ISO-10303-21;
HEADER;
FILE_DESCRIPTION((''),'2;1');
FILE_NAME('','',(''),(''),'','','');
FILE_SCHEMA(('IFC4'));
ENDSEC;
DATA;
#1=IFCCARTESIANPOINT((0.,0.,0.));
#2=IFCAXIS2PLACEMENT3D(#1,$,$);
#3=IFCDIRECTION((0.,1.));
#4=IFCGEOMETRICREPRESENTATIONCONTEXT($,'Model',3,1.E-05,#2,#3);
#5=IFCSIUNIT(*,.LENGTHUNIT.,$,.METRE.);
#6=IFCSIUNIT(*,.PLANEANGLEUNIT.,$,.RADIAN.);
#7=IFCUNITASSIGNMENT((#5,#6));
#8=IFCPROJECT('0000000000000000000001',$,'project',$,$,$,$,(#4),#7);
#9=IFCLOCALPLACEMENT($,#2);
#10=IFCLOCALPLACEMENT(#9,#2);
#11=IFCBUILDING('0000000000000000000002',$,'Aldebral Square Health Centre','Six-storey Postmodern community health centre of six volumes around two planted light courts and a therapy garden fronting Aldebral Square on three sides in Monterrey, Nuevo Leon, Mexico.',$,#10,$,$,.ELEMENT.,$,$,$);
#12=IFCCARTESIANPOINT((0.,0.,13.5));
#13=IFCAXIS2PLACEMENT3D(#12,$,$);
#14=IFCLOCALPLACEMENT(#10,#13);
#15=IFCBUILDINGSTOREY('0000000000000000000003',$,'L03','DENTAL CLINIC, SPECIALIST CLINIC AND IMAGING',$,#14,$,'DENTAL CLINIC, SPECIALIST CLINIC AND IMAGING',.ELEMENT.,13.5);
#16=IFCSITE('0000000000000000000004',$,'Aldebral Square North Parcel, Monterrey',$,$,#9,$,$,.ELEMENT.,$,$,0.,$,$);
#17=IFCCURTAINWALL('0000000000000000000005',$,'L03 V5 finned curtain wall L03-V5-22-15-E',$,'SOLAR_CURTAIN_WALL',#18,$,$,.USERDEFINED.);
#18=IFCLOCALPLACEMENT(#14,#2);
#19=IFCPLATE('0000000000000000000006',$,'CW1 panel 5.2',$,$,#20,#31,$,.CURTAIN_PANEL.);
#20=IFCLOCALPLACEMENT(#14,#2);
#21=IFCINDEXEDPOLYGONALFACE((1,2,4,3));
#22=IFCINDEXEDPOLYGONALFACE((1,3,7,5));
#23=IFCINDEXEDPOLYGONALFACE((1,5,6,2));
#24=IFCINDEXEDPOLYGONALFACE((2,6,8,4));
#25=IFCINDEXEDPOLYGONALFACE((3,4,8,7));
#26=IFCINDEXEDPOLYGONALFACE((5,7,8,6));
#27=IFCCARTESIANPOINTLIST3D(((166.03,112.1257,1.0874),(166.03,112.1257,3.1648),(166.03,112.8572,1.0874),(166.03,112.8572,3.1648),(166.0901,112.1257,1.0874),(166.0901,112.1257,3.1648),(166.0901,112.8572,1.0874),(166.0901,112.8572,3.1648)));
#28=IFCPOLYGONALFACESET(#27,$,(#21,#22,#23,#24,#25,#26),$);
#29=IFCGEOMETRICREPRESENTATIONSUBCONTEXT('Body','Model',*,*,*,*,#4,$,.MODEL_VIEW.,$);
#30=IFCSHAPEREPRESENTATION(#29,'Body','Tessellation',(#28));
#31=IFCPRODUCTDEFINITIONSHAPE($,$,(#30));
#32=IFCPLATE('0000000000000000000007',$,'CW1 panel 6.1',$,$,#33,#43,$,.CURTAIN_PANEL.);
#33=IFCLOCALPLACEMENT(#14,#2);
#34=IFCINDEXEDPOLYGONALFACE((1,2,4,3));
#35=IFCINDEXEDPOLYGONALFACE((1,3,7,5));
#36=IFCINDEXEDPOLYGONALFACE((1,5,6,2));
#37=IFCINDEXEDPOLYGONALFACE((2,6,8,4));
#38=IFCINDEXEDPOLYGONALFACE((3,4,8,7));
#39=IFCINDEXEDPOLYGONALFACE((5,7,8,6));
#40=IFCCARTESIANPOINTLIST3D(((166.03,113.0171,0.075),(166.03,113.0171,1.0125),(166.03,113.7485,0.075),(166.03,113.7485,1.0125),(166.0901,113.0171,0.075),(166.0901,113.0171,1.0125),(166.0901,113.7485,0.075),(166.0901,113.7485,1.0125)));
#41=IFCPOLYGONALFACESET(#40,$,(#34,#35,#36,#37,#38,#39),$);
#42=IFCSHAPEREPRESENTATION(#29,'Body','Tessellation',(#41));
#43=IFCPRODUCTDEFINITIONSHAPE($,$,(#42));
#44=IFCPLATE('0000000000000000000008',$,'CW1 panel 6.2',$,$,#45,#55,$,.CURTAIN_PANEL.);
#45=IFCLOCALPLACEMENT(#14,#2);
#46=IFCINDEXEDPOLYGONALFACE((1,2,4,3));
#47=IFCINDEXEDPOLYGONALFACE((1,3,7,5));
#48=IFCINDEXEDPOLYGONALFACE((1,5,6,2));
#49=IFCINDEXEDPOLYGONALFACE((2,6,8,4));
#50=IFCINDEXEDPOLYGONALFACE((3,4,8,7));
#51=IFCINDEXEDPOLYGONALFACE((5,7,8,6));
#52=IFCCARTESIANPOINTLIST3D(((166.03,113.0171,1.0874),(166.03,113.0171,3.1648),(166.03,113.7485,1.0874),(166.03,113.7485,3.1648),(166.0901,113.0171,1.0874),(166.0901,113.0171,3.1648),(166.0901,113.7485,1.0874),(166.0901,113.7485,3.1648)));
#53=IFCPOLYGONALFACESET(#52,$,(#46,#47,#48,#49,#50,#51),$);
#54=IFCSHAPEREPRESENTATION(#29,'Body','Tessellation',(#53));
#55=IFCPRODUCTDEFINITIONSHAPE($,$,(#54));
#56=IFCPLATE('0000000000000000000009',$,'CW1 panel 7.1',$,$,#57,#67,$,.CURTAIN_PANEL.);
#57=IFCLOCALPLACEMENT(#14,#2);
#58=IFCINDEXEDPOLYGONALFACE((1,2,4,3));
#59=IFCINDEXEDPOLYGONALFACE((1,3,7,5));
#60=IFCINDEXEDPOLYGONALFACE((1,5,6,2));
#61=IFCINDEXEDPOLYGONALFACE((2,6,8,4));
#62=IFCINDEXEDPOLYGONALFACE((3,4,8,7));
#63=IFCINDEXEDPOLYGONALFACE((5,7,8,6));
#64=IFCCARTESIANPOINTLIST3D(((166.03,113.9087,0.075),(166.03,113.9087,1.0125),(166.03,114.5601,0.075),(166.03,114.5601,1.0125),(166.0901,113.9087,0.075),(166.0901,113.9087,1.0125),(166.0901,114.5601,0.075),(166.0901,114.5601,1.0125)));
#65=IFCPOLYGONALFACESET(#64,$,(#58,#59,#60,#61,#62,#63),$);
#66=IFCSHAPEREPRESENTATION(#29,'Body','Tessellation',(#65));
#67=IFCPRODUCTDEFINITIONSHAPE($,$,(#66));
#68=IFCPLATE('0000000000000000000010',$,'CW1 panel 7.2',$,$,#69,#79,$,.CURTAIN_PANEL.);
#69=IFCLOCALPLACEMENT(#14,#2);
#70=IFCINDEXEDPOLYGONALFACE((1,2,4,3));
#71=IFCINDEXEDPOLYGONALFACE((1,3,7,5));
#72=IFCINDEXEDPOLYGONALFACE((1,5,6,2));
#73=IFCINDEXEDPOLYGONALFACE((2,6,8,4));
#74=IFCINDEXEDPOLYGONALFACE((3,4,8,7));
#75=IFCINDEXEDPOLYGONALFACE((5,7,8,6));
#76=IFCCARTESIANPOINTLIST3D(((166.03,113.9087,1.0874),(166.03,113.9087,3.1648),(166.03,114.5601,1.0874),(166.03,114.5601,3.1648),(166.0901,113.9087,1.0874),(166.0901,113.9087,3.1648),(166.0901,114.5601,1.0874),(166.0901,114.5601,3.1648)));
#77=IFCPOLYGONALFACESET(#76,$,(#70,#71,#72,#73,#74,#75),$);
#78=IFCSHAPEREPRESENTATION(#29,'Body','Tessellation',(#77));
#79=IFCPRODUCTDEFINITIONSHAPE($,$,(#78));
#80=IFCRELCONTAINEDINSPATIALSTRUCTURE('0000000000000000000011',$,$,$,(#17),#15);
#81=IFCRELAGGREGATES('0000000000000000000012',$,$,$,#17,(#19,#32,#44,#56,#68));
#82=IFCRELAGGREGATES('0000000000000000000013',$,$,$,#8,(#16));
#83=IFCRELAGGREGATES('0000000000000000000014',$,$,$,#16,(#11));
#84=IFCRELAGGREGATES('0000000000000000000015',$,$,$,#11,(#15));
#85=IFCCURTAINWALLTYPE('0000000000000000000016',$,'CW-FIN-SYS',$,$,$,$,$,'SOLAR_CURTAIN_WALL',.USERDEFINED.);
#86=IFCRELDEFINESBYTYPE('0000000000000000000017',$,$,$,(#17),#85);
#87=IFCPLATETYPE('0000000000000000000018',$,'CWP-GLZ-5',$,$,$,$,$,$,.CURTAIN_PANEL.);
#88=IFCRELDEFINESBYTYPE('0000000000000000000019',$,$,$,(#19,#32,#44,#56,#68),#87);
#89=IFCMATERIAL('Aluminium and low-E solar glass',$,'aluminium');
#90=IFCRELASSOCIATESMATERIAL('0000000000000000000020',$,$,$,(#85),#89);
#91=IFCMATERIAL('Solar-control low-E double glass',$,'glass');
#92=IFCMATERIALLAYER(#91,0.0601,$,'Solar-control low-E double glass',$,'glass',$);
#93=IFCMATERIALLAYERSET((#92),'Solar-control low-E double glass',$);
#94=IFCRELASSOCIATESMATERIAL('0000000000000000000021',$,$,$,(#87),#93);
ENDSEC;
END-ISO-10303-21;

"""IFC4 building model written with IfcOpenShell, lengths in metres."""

from ifc_helpers import new_model, si_unit, direction, frame, origin, origin_2d, place, context, subcontext, project, spatial, rectangle, extrude, material, layer, layer_set, type_object, element, aggregate, save


model = new_model("IFC4")

# Units and contexts
model_context = context("Model", 3, precision=1e-05, world=origin(), true_north=direction((0.0, 1.0)))
body_context = subcontext(model_context, "Body", "Model", "MODEL_VIEW")
ifc_project = project(units=[si_unit("LENGTHUNIT", "METRE"), si_unit("PLANEANGLEUNIT", "RADIAN")], contexts=[model_context])

# Site, building, storey
site_placement = place(None, origin())
site = spatial("IfcSite", under=ifc_project, at=site_placement, Name="Aldebral Square North Parcel, Monterrey", CompositionType="ELEMENT", RefElevation=0.0)
building_placement = place(site_placement, origin())
building = spatial("IfcBuilding", under=site, at=building_placement, Name="Aldebral Square Health Centre", Description="Six-storey Postmodern community health centre of six volumes around two planted light courts and a therapy garden fronting Aldebral Square on three sides in Monterrey, Nuevo Leon, Mexico.", CompositionType="ELEMENT")
storey_placement = place(building_placement, frame((0.0, 0.0, 13.5)))
storey = spatial("IfcBuildingStorey", under=building, at=storey_placement, Name="L03", Description="DENTAL CLINIC, SPECIALIST CLINIC AND IMAGING", LongName="DENTAL CLINIC, SPECIALIST CLINIC AND IMAGING", CompositionType="ELEMENT", Elevation=13.5)

# Curtain wall, plates
ifc_material_1 = material(Name="Aluminium and low-E solar glass", Category="aluminium")
curtain_wall_type = type_object("IfcCurtainWallType", Name="CW-FIN-SYS", ElementType="SOLAR_CURTAIN_WALL", PredefinedType="USERDEFINED", material=ifc_material_1)
curtain_wall_placement = place(storey_placement, origin())
curtain_wall = element("IfcCurtainWall", 1, at=curtain_wall_placement, inside=storey, type_object=curtain_wall_type, Name="L03 V5 finned curtain wall L03-V5-22-15-E", ObjectType="SOLAR_CURTAIN_WALL", PredefinedType="USERDEFINED")
ifc_material_2 = material(Name="Solar-control low-E double glass", Category="glass")
ifc_layer = layer(ifc_material_2, 0.0601, Name="Solar-control low-E double glass", Category="glass")
ifc_layer_set = layer_set([ifc_layer], Name="Solar-control low-E double glass")
plate_type = type_object("IfcPlateType", Name="CWP-GLZ-5", PredefinedType="CURTAIN_PANEL", material=ifc_layer_set)
plate_1_placement = place(storey_placement, frame((166.0601, 112.4915, 1.0874), z_axis=(0.0, 0.0, 1.0), x_axis=(0.0, 1.0, 0.0)))
plate_1 = element("IfcPlate", 2, at=plate_1_placement, type_object=plate_type, Name="CW1 panel 5.2", PredefinedType="CURTAIN_PANEL", context=body_context, shape_type="SweptSolid", body=[
    extrude(rectangle(XDim=0.7314, YDim=0.0601, at=origin_2d()), origin(), (0.0, 0.0, 1.0), 2.0774),
])
plate_2_placement = place(storey_placement, frame((166.0601, 113.3828, 0.075), z_axis=(0.0, 0.0, 1.0), x_axis=(0.0, 1.0, 0.0)))
plate_2 = element("IfcPlate", 3, at=plate_2_placement, type_object=plate_type, Name="CW1 panel 6.1", PredefinedType="CURTAIN_PANEL", context=body_context, shape_type="SweptSolid", body=[
    extrude(rectangle(XDim=0.7314, YDim=0.0601, at=origin_2d()), origin(), (0.0, 0.0, 1.0), 0.9375),
])
plate_3_placement = place(storey_placement, frame((166.0601, 113.3828, 1.0874), z_axis=(0.0, 0.0, 1.0), x_axis=(0.0, 1.0, 0.0)))
plate_3 = element("IfcPlate", 4, at=plate_3_placement, type_object=plate_type, Name="CW1 panel 6.2", PredefinedType="CURTAIN_PANEL", context=body_context, shape_type="SweptSolid", body=[
    extrude(rectangle(XDim=0.7314, YDim=0.0601, at=origin_2d()), origin(), (0.0, 0.0, 1.0), 2.0774),
])
plate_4_placement = place(storey_placement, frame((166.0601, 114.2344, 0.075), z_axis=(0.0, 0.0, 1.0), x_axis=(0.0, 1.0, 0.0)))
plate_4 = element("IfcPlate", 5, at=plate_4_placement, type_object=plate_type, Name="CW1 panel 7.1", PredefinedType="CURTAIN_PANEL", context=body_context, shape_type="SweptSolid", body=[
    extrude(rectangle(XDim=0.6514, YDim=0.0601, at=origin_2d()), origin(), (0.0, 0.0, 1.0), 0.9375),
])
plate_5_placement = place(storey_placement, frame((166.0601, 114.2344, 1.0874), z_axis=(0.0, 0.0, 1.0), x_axis=(0.0, 1.0, 0.0)))
plate_5 = element("IfcPlate", 6, at=plate_5_placement, type_object=plate_type, Name="CW1 panel 7.2", PredefinedType="CURTAIN_PANEL", context=body_context, shape_type="SweptSolid", body=[
    extrude(rectangle(XDim=0.6514, YDim=0.0601, at=origin_2d()), origin(), (0.0, 0.0, 1.0), 2.0774),
])
aggregate(curtain_wall, [plate_1, plate_2, plate_3, plate_4, plate_5])

save(model, "model.ifc")
